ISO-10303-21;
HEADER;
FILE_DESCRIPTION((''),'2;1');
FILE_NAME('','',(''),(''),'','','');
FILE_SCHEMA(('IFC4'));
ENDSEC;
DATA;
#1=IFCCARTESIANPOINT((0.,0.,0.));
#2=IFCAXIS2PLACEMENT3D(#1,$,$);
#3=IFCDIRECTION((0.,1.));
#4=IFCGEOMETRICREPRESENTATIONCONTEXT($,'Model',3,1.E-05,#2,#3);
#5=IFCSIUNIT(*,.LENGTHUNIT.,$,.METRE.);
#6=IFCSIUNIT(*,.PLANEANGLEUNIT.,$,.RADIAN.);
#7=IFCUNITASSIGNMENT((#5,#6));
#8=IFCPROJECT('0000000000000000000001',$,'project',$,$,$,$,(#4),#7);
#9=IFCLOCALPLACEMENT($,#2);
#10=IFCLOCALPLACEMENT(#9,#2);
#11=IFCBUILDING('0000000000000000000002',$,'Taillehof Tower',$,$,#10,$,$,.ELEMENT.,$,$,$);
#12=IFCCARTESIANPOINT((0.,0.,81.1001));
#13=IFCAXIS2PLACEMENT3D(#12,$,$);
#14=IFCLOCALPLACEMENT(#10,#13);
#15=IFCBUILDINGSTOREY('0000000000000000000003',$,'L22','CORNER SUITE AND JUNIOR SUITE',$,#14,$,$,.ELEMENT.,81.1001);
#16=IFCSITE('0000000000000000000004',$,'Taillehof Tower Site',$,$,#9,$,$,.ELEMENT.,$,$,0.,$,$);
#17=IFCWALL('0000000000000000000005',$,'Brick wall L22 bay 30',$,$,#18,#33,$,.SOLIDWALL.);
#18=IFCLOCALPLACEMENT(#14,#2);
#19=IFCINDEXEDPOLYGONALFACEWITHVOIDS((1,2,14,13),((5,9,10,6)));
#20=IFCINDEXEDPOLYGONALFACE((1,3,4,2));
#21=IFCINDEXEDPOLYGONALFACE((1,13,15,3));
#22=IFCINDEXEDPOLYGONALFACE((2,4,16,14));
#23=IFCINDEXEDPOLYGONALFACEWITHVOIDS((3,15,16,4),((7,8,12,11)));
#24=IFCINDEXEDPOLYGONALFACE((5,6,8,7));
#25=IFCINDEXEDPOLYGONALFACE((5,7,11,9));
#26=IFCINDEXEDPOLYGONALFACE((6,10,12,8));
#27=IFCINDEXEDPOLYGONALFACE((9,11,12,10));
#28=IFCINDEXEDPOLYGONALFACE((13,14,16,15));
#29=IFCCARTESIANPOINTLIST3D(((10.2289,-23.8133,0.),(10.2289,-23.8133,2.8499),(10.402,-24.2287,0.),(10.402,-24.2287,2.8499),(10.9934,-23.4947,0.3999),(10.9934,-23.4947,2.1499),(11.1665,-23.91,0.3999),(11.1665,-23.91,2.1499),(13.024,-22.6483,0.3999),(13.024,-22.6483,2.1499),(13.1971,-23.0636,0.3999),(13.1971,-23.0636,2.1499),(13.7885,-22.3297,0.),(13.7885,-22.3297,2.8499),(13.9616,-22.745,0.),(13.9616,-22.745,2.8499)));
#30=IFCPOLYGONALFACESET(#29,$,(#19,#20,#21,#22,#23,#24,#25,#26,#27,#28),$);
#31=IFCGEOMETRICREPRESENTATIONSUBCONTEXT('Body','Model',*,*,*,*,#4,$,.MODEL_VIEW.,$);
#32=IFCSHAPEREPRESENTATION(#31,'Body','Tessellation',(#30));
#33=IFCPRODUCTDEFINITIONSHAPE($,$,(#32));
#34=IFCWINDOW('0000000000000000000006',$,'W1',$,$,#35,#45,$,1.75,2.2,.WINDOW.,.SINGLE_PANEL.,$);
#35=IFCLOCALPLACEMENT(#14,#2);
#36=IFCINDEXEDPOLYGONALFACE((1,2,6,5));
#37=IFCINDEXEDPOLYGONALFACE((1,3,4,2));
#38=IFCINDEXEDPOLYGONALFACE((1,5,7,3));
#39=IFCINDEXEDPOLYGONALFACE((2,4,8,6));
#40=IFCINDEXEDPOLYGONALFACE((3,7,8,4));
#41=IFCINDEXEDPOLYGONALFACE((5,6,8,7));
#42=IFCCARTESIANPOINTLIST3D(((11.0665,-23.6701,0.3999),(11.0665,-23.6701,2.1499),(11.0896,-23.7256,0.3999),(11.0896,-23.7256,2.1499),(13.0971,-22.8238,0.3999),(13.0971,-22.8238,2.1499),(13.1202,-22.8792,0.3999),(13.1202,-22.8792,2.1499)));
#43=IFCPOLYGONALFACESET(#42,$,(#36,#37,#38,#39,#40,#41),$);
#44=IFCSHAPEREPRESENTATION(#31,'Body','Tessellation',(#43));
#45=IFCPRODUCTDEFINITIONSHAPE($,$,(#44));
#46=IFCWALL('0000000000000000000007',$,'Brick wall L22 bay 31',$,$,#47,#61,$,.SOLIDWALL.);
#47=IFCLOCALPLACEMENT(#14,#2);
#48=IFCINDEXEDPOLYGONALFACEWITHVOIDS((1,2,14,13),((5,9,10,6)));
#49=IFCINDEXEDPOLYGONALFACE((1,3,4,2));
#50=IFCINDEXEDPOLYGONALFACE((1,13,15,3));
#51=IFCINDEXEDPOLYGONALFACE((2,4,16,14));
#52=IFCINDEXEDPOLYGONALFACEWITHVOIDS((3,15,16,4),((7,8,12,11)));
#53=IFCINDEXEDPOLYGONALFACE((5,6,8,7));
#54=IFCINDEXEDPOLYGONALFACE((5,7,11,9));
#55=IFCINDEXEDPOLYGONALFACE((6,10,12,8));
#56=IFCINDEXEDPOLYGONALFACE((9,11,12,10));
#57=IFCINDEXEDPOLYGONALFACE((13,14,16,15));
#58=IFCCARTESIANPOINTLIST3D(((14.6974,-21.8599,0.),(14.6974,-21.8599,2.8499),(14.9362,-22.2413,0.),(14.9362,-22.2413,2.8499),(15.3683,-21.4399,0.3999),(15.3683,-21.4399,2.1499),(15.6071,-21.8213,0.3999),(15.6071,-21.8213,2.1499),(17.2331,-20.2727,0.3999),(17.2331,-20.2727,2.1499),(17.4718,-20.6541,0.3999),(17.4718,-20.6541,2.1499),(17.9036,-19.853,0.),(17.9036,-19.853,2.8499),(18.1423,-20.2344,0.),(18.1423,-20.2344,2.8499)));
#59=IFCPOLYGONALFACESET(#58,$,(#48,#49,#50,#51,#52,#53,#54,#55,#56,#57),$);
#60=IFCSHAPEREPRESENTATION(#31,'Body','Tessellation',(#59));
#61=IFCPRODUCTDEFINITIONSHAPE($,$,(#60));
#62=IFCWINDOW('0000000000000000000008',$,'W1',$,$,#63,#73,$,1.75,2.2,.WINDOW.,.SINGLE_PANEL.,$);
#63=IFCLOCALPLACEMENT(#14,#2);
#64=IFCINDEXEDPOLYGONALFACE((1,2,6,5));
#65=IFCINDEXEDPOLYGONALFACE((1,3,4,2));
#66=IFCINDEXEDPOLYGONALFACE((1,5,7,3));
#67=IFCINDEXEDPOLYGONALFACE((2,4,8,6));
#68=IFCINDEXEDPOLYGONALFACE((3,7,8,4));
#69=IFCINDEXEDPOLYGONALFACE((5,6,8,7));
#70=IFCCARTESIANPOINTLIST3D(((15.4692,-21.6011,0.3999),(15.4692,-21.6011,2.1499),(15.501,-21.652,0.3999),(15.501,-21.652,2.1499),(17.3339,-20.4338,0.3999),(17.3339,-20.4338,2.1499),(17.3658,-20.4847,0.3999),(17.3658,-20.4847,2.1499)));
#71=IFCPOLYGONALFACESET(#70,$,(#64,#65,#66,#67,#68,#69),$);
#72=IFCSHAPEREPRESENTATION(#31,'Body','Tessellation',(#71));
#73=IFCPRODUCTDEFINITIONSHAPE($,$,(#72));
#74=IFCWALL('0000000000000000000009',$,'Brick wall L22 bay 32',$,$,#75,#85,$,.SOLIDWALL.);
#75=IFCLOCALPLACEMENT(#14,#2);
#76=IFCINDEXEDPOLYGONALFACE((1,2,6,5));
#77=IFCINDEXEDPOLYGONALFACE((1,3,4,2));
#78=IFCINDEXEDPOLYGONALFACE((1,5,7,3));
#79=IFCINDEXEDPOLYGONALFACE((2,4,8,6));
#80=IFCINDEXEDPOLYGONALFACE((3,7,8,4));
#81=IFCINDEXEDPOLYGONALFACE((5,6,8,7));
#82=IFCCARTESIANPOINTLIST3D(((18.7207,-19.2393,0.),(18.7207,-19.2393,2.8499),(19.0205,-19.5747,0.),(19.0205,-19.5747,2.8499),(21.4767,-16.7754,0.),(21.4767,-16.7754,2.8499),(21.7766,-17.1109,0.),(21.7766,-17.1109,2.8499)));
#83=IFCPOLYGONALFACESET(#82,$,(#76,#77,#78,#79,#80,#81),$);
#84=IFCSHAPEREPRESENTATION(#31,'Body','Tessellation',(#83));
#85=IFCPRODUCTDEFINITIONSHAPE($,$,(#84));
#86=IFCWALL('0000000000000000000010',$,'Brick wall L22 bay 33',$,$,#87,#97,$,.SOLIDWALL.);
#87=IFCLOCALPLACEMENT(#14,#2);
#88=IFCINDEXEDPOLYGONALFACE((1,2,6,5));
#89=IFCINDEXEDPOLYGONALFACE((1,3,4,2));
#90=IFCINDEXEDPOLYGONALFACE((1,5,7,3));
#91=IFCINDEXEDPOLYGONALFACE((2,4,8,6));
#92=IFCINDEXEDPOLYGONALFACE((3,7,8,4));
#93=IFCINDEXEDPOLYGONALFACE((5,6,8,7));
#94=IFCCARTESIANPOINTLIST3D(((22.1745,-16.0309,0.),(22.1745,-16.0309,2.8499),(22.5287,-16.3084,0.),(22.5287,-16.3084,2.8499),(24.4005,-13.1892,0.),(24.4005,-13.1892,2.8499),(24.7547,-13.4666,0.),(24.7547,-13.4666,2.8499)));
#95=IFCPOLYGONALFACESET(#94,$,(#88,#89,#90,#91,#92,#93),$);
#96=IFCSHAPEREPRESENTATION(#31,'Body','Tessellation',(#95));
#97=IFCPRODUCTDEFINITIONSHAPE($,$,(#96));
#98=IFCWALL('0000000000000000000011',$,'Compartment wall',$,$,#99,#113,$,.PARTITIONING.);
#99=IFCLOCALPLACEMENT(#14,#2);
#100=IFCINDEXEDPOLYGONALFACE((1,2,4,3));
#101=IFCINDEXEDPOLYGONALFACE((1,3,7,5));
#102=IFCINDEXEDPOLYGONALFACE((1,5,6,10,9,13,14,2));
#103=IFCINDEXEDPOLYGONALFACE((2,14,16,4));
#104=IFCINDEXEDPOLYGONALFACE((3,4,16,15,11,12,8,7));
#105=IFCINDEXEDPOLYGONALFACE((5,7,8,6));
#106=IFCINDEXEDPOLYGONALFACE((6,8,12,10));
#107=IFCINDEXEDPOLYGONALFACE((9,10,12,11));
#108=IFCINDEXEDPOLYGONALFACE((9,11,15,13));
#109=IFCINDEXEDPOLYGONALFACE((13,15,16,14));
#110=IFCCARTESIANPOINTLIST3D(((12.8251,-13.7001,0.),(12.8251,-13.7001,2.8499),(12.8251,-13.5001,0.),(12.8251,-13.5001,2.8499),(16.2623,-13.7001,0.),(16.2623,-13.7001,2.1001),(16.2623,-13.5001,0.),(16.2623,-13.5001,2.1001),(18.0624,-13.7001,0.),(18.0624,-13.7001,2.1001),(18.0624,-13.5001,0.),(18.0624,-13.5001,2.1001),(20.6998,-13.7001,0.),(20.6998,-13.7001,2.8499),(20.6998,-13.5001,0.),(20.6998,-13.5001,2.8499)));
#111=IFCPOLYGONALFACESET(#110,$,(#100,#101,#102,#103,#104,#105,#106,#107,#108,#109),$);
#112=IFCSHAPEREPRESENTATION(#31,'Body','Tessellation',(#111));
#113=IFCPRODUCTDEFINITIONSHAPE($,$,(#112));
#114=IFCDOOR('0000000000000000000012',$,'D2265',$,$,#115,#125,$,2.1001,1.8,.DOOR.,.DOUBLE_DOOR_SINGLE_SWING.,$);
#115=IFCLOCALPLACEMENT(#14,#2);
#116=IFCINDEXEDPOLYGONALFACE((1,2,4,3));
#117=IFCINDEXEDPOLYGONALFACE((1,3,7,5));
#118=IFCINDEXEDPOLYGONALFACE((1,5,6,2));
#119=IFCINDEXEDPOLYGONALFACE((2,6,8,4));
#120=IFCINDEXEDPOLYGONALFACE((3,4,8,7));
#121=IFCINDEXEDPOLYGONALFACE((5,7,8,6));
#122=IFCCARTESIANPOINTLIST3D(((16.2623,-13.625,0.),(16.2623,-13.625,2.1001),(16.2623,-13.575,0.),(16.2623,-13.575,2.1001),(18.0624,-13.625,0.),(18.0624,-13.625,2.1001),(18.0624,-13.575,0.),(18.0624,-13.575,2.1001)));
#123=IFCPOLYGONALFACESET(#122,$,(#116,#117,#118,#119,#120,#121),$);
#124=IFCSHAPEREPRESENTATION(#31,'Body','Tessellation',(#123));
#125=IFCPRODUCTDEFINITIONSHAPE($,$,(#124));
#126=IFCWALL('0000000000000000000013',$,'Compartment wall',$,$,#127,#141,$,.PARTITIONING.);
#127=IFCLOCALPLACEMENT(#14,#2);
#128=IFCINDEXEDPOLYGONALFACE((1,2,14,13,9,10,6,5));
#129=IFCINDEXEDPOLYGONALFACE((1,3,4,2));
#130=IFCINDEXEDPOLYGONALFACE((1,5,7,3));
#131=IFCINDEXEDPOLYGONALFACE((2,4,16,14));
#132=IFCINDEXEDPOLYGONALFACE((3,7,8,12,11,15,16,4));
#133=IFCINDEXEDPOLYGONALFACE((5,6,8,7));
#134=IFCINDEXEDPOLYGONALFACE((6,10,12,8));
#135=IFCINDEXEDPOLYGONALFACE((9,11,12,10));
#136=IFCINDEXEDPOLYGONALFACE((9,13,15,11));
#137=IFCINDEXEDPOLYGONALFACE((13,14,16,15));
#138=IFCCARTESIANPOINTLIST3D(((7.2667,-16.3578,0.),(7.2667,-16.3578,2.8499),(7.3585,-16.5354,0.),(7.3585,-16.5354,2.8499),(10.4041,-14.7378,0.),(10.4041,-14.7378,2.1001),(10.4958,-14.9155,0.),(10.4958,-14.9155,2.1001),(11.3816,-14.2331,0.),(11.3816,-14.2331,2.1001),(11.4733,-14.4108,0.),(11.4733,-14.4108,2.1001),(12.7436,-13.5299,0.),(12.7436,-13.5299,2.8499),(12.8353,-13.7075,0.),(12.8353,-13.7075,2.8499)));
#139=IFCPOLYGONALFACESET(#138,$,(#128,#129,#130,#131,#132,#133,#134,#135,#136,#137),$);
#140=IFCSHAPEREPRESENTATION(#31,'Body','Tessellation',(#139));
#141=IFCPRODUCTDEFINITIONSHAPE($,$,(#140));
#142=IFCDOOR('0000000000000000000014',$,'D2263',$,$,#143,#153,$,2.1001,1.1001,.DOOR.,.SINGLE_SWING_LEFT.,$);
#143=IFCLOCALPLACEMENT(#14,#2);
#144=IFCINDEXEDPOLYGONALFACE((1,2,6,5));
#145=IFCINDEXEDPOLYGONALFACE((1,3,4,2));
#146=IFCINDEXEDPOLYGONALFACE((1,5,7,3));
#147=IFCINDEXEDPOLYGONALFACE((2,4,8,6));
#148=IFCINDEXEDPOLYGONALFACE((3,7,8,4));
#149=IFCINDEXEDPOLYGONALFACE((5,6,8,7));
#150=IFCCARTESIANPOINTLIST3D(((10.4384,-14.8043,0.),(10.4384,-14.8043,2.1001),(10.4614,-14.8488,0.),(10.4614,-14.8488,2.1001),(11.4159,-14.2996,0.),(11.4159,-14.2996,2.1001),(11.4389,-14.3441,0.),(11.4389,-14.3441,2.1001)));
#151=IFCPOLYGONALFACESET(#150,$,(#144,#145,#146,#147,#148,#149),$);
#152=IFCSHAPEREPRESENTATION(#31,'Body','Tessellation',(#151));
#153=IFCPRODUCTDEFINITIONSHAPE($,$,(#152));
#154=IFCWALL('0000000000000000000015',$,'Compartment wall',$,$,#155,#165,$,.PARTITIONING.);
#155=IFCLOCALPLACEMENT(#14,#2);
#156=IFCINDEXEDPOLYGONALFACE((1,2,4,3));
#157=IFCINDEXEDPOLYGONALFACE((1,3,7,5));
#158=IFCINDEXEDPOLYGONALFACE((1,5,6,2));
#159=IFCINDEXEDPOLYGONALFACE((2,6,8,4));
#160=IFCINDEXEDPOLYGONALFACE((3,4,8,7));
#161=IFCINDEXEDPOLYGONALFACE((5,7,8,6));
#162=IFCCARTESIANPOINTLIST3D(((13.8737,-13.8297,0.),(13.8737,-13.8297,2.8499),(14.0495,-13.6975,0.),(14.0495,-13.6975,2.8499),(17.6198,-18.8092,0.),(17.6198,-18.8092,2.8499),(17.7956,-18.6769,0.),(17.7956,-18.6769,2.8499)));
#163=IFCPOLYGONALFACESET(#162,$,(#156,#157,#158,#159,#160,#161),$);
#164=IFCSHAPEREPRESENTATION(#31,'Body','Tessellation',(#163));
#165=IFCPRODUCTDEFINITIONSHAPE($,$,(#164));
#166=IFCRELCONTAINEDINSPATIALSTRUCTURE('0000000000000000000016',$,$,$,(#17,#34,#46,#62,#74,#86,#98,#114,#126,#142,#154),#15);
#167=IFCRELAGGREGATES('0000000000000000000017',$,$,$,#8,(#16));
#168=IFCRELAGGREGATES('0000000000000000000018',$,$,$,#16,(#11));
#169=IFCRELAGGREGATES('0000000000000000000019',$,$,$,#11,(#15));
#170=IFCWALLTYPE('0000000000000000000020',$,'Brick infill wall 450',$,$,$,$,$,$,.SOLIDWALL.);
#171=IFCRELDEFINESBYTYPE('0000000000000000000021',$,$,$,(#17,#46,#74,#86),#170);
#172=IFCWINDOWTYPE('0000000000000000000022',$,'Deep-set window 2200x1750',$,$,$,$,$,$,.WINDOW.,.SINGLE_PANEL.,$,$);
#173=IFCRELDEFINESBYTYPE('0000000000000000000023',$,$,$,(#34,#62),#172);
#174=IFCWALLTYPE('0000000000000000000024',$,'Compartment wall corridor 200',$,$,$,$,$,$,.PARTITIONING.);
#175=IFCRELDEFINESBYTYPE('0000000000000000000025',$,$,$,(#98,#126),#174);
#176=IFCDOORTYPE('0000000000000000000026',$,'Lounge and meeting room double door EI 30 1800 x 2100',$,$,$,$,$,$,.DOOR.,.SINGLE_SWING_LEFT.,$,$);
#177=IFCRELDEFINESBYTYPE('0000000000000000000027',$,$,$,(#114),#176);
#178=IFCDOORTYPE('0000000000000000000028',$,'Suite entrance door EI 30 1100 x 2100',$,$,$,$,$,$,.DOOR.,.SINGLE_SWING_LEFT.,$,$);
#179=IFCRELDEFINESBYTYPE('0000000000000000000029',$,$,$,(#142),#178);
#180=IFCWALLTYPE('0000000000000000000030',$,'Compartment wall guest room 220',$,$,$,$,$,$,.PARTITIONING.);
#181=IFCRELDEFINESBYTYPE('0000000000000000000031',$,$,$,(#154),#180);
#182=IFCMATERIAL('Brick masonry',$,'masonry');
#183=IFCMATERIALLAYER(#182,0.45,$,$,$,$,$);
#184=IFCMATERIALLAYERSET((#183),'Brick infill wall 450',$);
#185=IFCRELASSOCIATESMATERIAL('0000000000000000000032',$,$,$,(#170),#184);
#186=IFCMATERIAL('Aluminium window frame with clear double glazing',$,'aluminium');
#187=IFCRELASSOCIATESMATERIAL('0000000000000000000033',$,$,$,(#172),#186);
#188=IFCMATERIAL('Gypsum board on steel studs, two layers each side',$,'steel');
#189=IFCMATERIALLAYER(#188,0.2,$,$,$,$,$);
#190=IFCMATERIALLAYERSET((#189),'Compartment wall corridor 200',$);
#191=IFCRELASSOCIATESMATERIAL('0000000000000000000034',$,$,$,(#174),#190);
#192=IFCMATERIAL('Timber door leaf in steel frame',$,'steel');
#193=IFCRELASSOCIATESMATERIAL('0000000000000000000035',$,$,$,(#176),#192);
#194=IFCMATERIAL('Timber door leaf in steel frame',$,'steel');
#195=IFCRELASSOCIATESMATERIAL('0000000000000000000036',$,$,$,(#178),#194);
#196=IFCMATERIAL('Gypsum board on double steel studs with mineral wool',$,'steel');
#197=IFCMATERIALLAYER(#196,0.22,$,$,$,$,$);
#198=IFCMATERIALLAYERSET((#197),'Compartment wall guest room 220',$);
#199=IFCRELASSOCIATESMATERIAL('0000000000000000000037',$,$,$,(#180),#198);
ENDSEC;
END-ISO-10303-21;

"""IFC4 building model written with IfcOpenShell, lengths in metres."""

from ifc_helpers import new_model, si_unit, direction, frame, frame_2d, origin, place, context, subcontext, project, spatial, rectangle, extrude, material, layer, layer_set, type_object, element, fill, save


model = new_model("IFC4")

# Units and contexts
model_context = context("Model", 3, precision=1e-05, world=origin(), true_north=direction((0.0, 1.0)))
body_context = subcontext(model_context, "Body", "Model", "MODEL_VIEW")
ifc_project = project(units=[si_unit("LENGTHUNIT", "METRE"), si_unit("PLANEANGLEUNIT", "RADIAN")], contexts=[model_context])

# Site, building, storey
site_placement = place(None, origin())
site = spatial("IfcSite", under=ifc_project, at=site_placement, Name="Taillehof Tower Site", CompositionType="ELEMENT", RefElevation=0.0)
building_placement = place(site_placement, origin())
building = spatial("IfcBuilding", under=site, at=building_placement, Name="Taillehof Tower", CompositionType="ELEMENT")
storey_placement = place(building_placement, frame((0.0, 0.0, 81.1001)))
storey = spatial("IfcBuildingStorey", under=building, at=storey_placement, Name="L22", Description="CORNER SUITE AND JUNIOR SUITE", CompositionType="ELEMENT", Elevation=81.1001)

# Walls, openings, windows
ifc_material_1 = material(Name="Brick masonry", Category="masonry")
ifc_layer_1 = layer(ifc_material_1, 0.45)
ifc_layer_set_1 = layer_set([ifc_layer_1], Name="Brick infill wall 450")
wall_type_1 = type_object("IfcWallType", Name="Brick infill wall 450", PredefinedType="SOLIDWALL", material=ifc_layer_set_1)
wall_1_placement = place(storey_placement, frame((10.3154, -24.021, 0.0), z_axis=(0.0, 0.0, 1.0), x_axis=(0.923032, 0.384723, 0.0)))
wall_1 = element("IfcWall", 1, at=wall_1_placement, inside=storey, type_object=wall_type_1, Name="Brick wall L22 bay 30", PredefinedType="SOLIDWALL", context=body_context, shape_type="SweptSolid", body=[
    extrude(rectangle(XDim=3.8564, YDim=0.45, at=frame_2d((1.9282, 0.0))), origin(), (0.0, 0.0, 1.0), 2.8499),
])
opening_1_placement = place(wall_1_placement, frame((0.8281, 0.0, 0.3999)))
opening_1 = element("IfcOpeningElement", 2, at=opening_1_placement, cuts=wall_1, PredefinedType="OPENING", context=body_context, shape_type="SweptSolid", body=[
    extrude(rectangle(XDim=2.2, YDim=1.75, at=frame_2d((1.1001, 0.875))), frame((0.0, 0.2349, 0.0), z_axis=(0.0, -1.0, 0.0), x_axis=(1.0, 0.0, 0.0)), (0.0, 0.0, 1.0), 0.47),
])
ifc_material_2 = material(Name="Aluminium window frame with clear double glazing", Category="aluminium")
window_type = type_object("IfcWindowType", Name="Deep-set window 2200x1750", PartitioningType="SINGLE_PANEL", PredefinedType="WINDOW", material=ifc_material_2)
window_1_placement = place(opening_1_placement, origin())
window_1 = element("IfcWindow", 3, at=window_1_placement, inside=storey, type_object=window_type, Name="W1", OverallHeight=1.75, OverallWidth=2.2, PartitioningType="SINGLE_PANEL", PredefinedType="WINDOW", context=body_context, shape_type="SweptSolid", body=[
    extrude(rectangle(XDim=2.2, YDim=1.75, at=frame_2d((1.1001, 0.875))), frame((0.0, 0.0349, 0.0), z_axis=(0.0, -1.0, 0.0), x_axis=(1.0, 0.0, 0.0)), (0.0, 0.0, 1.0), 0.0601),
])
fill(opening_1, window_1)
wall_2_placement = place(storey_placement, frame((14.8169, -22.0505, 0.0), z_axis=(0.0, 0.0, 1.0), x_axis=(0.847635, 0.530579, 0.0)))
wall_2 = element("IfcWall", 4, at=wall_2_placement, inside=storey, type_object=wall_type_1, Name="Brick wall L22 bay 31", PredefinedType="SOLIDWALL", context=body_context, shape_type="SweptSolid", body=[
    extrude(rectangle(XDim=3.7825, YDim=0.45, at=frame_2d((1.8911, 0.0))), origin(), (0.0, 0.0, 1.0), 2.8499),
])
opening_2_placement = place(wall_2_placement, frame((0.7913, 0.0, 0.3999)))
opening_2 = element("IfcOpeningElement", 5, at=opening_2_placement, cuts=wall_2, PredefinedType="OPENING", context=body_context, shape_type="SweptSolid", body=[
    extrude(rectangle(XDim=2.2, YDim=1.75, at=frame_2d((1.1001, 0.875))), frame((0.0, 0.2349, 0.0), z_axis=(0.0, -1.0, 0.0), x_axis=(1.0, 0.0, 0.0)), (0.0, 0.0, 1.0), 0.47),
])
window_2_placement = place(opening_2_placement, origin())
window_2 = element("IfcWindow", 6, at=window_2_placement, inside=storey, type_object=window_type, Name="W1", OverallHeight=1.75, OverallWidth=2.2, PartitioningType="SINGLE_PANEL", PredefinedType="WINDOW", context=body_context, shape_type="SweptSolid", body=[
    extrude(rectangle(XDim=2.2, YDim=1.75, at=frame_2d((1.1001, 0.875))), frame((0.0, 0.0349, 0.0), z_axis=(0.0, -1.0, 0.0), x_axis=(1.0, 0.0, 0.0)), (0.0, 0.0, 1.0), 0.0601),
])
fill(opening_2, window_2)

# Walls
wall_3_placement = place(storey_placement, frame((18.8706, -19.407, 0.0), z_axis=(0.0, 0.0, 1.0), x_axis=(0.745526, 0.666476, 0.0)))
element("IfcWall", 7, at=wall_3_placement, inside=storey, type_object=wall_type_1, Name="Brick wall L22 bay 32", PredefinedType="SOLIDWALL", context=body_context, shape_type="SweptSolid", body=[
    extrude(rectangle(XDim=3.6968, YDim=0.45, at=frame_2d((1.8484, 0.0))), origin(), (0.0, 0.0, 1.0), 2.8499),
])
wall_4_placement = place(storey_placement, frame((22.3516, -16.1697, 0.0), z_axis=(0.0, 0.0, 1.0), x_axis=(0.616662, 0.787228, 0.0)))
element("IfcWall", 8, at=wall_4_placement, inside=storey, type_object=wall_type_1, Name="Brick wall L22 bay 33", PredefinedType="SOLIDWALL", context=body_context, shape_type="SweptSolid", body=[
    extrude(rectangle(XDim=3.6099, YDim=0.45, at=frame_2d((1.8049, 0.0))), origin(), (0.0, 0.0, 1.0), 2.8499),
])

# Walls, openings, doors
ifc_material_3 = material(Name="Gypsum board on steel studs, two layers each side", Category="steel")
ifc_layer_2 = layer(ifc_material_3, 0.2)
ifc_layer_set_2 = layer_set([ifc_layer_2], Name="Compartment wall corridor 200")
wall_type_2 = type_object("IfcWallType", Name="Compartment wall corridor 200", PredefinedType="PARTITIONING", material=ifc_layer_set_2)
wall_5_placement = place(storey_placement, frame((20.7, -13.6001, 0.0), z_axis=(0.0, 0.0, 1.0), x_axis=(-1.0, 0.0, 0.0)))
wall_5 = element("IfcWall", 9, at=wall_5_placement, inside=storey, type_object=wall_type_2, Name="Compartment wall", PredefinedType="PARTITIONING", context=body_context, shape_type="SweptSolid", body=[
    extrude(rectangle(XDim=7.8748, YDim=0.2, at=frame_2d((3.9375, 0.0))), origin(), (0.0, 0.0, 1.0), 2.8499),
])
opening_3_placement = place(wall_5_placement, frame((2.6377, 0.0, 0.0)))
opening_3 = element("IfcOpeningElement", 10, at=opening_3_placement, cuts=wall_5, PredefinedType="OPENING", context=body_context, shape_type="SweptSolid", body=[
    extrude(rectangle(XDim=1.8, YDim=2.1001, at=frame_2d((0.8999, 1.05))), frame((0.0, 0.1099, 0.0), z_axis=(0.0, -1.0, 0.0), x_axis=(1.0, 0.0, 0.0)), (0.0, 0.0, 1.0), 0.22),
])
ifc_material_4 = material(Name="Timber door leaf in steel frame", Category="steel")
door_type_1 = type_object("IfcDoorType", Name="Lounge and meeting room double door EI 30 1800 x 2100", OperationType="SINGLE_SWING_LEFT", PredefinedType="DOOR", material=ifc_material_4)
door_1_placement = place(opening_3_placement, origin())
door_1 = element("IfcDoor", 11, at=door_1_placement, inside=storey, type_object=door_type_1, Name="D2265", OperationType="DOUBLE_DOOR_SINGLE_SWING", OverallHeight=2.1001, OverallWidth=1.8, PredefinedType="DOOR", context=body_context, shape_type="SweptSolid", body=[
    extrude(rectangle(XDim=1.8, YDim=2.1001, at=frame_2d((0.8999, 1.05))), frame((0.0, 0.0249, 0.0), z_axis=(0.0, -1.0, 0.0), x_axis=(1.0, 0.0, 0.0)), (0.0, 0.0, 1.0), 0.05),
])
fill(opening_3, door_1)
wall_6_placement = place(storey_placement, frame((12.7896, -13.6187, 0.0), z_axis=(0.0, 0.0, 1.0), x_axis=(-0.888545, -0.458789, 0.0)))
wall_6 = element("IfcWall", 12, at=wall_6_placement, inside=storey, type_object=wall_type_2, Name="Compartment wall", PredefinedType="PARTITIONING", context=body_context, shape_type="SweptSolid", body=[
    extrude(rectangle(XDim=6.1638, YDim=0.2, at=frame_2d((3.082, 0.0))), origin(), (0.0, 0.0, 1.0), 2.8499),
])
opening_4_placement = place(wall_6_placement, frame((1.533, 0.0, 0.0)))
opening_4 = element("IfcOpeningElement", 13, at=opening_4_placement, cuts=wall_6, PredefinedType="OPENING", context=body_context, shape_type="SweptSolid", body=[
    extrude(rectangle(XDim=1.1001, YDim=2.1001, at=frame_2d((0.55, 1.05))), frame((0.0, 0.1099, 0.0), z_axis=(0.0, -1.0, 0.0), x_axis=(1.0, 0.0, 0.0)), (0.0, 0.0, 1.0), 0.22),
])
ifc_material_5 = material(Name="Timber door leaf in steel frame", Category="steel")
door_type_2 = type_object("IfcDoorType", Name="Suite entrance door EI 30 1100 x 2100", OperationType="SINGLE_SWING_LEFT", PredefinedType="DOOR", material=ifc_material_5)
door_2_placement = place(opening_4_placement, origin())
door_2 = element("IfcDoor", 14, at=door_2_placement, inside=storey, type_object=door_type_2, Name="D2263", OperationType="SINGLE_SWING_LEFT", OverallHeight=2.1001, OverallWidth=1.1001, PredefinedType="DOOR", context=body_context, shape_type="SweptSolid", body=[
    extrude(rectangle(XDim=1.1001, YDim=2.1001, at=frame_2d((0.55, 1.05))), frame((0.0, 0.0249, 0.0), z_axis=(0.0, -1.0, 0.0), x_axis=(1.0, 0.0, 0.0)), (0.0, 0.0, 1.0), 0.05),
])
fill(opening_4, door_2)

# Wall
ifc_material_6 = material(Name="Gypsum board on double steel studs with mineral wool", Category="steel")
ifc_layer_3 = layer(ifc_material_6, 0.22)
ifc_layer_set_3 = layer_set([ifc_layer_3], Name="Compartment wall guest room 220")
wall_type_3 = type_object("IfcWallType", Name="Compartment wall guest room 220", PredefinedType="PARTITIONING", material=ifc_layer_set_3)
wall_7_placement = place(storey_placement, frame((17.7078, -18.7432, 0.0), z_axis=(0.0, 0.0, 1.0), x_axis=(-0.601178, 0.799115, 0.0)))
element("IfcWall", 15, at=wall_7_placement, inside=storey, type_object=wall_type_3, Name="Compartment wall", PredefinedType="PARTITIONING", context=body_context, shape_type="SweptSolid", body=[
    extrude(rectangle(XDim=6.2312, YDim=0.22, at=frame_2d((3.1157, 0.0))), origin(), (0.0, 0.0, 1.0), 2.8499),
])

save(model, "model.ifc")
